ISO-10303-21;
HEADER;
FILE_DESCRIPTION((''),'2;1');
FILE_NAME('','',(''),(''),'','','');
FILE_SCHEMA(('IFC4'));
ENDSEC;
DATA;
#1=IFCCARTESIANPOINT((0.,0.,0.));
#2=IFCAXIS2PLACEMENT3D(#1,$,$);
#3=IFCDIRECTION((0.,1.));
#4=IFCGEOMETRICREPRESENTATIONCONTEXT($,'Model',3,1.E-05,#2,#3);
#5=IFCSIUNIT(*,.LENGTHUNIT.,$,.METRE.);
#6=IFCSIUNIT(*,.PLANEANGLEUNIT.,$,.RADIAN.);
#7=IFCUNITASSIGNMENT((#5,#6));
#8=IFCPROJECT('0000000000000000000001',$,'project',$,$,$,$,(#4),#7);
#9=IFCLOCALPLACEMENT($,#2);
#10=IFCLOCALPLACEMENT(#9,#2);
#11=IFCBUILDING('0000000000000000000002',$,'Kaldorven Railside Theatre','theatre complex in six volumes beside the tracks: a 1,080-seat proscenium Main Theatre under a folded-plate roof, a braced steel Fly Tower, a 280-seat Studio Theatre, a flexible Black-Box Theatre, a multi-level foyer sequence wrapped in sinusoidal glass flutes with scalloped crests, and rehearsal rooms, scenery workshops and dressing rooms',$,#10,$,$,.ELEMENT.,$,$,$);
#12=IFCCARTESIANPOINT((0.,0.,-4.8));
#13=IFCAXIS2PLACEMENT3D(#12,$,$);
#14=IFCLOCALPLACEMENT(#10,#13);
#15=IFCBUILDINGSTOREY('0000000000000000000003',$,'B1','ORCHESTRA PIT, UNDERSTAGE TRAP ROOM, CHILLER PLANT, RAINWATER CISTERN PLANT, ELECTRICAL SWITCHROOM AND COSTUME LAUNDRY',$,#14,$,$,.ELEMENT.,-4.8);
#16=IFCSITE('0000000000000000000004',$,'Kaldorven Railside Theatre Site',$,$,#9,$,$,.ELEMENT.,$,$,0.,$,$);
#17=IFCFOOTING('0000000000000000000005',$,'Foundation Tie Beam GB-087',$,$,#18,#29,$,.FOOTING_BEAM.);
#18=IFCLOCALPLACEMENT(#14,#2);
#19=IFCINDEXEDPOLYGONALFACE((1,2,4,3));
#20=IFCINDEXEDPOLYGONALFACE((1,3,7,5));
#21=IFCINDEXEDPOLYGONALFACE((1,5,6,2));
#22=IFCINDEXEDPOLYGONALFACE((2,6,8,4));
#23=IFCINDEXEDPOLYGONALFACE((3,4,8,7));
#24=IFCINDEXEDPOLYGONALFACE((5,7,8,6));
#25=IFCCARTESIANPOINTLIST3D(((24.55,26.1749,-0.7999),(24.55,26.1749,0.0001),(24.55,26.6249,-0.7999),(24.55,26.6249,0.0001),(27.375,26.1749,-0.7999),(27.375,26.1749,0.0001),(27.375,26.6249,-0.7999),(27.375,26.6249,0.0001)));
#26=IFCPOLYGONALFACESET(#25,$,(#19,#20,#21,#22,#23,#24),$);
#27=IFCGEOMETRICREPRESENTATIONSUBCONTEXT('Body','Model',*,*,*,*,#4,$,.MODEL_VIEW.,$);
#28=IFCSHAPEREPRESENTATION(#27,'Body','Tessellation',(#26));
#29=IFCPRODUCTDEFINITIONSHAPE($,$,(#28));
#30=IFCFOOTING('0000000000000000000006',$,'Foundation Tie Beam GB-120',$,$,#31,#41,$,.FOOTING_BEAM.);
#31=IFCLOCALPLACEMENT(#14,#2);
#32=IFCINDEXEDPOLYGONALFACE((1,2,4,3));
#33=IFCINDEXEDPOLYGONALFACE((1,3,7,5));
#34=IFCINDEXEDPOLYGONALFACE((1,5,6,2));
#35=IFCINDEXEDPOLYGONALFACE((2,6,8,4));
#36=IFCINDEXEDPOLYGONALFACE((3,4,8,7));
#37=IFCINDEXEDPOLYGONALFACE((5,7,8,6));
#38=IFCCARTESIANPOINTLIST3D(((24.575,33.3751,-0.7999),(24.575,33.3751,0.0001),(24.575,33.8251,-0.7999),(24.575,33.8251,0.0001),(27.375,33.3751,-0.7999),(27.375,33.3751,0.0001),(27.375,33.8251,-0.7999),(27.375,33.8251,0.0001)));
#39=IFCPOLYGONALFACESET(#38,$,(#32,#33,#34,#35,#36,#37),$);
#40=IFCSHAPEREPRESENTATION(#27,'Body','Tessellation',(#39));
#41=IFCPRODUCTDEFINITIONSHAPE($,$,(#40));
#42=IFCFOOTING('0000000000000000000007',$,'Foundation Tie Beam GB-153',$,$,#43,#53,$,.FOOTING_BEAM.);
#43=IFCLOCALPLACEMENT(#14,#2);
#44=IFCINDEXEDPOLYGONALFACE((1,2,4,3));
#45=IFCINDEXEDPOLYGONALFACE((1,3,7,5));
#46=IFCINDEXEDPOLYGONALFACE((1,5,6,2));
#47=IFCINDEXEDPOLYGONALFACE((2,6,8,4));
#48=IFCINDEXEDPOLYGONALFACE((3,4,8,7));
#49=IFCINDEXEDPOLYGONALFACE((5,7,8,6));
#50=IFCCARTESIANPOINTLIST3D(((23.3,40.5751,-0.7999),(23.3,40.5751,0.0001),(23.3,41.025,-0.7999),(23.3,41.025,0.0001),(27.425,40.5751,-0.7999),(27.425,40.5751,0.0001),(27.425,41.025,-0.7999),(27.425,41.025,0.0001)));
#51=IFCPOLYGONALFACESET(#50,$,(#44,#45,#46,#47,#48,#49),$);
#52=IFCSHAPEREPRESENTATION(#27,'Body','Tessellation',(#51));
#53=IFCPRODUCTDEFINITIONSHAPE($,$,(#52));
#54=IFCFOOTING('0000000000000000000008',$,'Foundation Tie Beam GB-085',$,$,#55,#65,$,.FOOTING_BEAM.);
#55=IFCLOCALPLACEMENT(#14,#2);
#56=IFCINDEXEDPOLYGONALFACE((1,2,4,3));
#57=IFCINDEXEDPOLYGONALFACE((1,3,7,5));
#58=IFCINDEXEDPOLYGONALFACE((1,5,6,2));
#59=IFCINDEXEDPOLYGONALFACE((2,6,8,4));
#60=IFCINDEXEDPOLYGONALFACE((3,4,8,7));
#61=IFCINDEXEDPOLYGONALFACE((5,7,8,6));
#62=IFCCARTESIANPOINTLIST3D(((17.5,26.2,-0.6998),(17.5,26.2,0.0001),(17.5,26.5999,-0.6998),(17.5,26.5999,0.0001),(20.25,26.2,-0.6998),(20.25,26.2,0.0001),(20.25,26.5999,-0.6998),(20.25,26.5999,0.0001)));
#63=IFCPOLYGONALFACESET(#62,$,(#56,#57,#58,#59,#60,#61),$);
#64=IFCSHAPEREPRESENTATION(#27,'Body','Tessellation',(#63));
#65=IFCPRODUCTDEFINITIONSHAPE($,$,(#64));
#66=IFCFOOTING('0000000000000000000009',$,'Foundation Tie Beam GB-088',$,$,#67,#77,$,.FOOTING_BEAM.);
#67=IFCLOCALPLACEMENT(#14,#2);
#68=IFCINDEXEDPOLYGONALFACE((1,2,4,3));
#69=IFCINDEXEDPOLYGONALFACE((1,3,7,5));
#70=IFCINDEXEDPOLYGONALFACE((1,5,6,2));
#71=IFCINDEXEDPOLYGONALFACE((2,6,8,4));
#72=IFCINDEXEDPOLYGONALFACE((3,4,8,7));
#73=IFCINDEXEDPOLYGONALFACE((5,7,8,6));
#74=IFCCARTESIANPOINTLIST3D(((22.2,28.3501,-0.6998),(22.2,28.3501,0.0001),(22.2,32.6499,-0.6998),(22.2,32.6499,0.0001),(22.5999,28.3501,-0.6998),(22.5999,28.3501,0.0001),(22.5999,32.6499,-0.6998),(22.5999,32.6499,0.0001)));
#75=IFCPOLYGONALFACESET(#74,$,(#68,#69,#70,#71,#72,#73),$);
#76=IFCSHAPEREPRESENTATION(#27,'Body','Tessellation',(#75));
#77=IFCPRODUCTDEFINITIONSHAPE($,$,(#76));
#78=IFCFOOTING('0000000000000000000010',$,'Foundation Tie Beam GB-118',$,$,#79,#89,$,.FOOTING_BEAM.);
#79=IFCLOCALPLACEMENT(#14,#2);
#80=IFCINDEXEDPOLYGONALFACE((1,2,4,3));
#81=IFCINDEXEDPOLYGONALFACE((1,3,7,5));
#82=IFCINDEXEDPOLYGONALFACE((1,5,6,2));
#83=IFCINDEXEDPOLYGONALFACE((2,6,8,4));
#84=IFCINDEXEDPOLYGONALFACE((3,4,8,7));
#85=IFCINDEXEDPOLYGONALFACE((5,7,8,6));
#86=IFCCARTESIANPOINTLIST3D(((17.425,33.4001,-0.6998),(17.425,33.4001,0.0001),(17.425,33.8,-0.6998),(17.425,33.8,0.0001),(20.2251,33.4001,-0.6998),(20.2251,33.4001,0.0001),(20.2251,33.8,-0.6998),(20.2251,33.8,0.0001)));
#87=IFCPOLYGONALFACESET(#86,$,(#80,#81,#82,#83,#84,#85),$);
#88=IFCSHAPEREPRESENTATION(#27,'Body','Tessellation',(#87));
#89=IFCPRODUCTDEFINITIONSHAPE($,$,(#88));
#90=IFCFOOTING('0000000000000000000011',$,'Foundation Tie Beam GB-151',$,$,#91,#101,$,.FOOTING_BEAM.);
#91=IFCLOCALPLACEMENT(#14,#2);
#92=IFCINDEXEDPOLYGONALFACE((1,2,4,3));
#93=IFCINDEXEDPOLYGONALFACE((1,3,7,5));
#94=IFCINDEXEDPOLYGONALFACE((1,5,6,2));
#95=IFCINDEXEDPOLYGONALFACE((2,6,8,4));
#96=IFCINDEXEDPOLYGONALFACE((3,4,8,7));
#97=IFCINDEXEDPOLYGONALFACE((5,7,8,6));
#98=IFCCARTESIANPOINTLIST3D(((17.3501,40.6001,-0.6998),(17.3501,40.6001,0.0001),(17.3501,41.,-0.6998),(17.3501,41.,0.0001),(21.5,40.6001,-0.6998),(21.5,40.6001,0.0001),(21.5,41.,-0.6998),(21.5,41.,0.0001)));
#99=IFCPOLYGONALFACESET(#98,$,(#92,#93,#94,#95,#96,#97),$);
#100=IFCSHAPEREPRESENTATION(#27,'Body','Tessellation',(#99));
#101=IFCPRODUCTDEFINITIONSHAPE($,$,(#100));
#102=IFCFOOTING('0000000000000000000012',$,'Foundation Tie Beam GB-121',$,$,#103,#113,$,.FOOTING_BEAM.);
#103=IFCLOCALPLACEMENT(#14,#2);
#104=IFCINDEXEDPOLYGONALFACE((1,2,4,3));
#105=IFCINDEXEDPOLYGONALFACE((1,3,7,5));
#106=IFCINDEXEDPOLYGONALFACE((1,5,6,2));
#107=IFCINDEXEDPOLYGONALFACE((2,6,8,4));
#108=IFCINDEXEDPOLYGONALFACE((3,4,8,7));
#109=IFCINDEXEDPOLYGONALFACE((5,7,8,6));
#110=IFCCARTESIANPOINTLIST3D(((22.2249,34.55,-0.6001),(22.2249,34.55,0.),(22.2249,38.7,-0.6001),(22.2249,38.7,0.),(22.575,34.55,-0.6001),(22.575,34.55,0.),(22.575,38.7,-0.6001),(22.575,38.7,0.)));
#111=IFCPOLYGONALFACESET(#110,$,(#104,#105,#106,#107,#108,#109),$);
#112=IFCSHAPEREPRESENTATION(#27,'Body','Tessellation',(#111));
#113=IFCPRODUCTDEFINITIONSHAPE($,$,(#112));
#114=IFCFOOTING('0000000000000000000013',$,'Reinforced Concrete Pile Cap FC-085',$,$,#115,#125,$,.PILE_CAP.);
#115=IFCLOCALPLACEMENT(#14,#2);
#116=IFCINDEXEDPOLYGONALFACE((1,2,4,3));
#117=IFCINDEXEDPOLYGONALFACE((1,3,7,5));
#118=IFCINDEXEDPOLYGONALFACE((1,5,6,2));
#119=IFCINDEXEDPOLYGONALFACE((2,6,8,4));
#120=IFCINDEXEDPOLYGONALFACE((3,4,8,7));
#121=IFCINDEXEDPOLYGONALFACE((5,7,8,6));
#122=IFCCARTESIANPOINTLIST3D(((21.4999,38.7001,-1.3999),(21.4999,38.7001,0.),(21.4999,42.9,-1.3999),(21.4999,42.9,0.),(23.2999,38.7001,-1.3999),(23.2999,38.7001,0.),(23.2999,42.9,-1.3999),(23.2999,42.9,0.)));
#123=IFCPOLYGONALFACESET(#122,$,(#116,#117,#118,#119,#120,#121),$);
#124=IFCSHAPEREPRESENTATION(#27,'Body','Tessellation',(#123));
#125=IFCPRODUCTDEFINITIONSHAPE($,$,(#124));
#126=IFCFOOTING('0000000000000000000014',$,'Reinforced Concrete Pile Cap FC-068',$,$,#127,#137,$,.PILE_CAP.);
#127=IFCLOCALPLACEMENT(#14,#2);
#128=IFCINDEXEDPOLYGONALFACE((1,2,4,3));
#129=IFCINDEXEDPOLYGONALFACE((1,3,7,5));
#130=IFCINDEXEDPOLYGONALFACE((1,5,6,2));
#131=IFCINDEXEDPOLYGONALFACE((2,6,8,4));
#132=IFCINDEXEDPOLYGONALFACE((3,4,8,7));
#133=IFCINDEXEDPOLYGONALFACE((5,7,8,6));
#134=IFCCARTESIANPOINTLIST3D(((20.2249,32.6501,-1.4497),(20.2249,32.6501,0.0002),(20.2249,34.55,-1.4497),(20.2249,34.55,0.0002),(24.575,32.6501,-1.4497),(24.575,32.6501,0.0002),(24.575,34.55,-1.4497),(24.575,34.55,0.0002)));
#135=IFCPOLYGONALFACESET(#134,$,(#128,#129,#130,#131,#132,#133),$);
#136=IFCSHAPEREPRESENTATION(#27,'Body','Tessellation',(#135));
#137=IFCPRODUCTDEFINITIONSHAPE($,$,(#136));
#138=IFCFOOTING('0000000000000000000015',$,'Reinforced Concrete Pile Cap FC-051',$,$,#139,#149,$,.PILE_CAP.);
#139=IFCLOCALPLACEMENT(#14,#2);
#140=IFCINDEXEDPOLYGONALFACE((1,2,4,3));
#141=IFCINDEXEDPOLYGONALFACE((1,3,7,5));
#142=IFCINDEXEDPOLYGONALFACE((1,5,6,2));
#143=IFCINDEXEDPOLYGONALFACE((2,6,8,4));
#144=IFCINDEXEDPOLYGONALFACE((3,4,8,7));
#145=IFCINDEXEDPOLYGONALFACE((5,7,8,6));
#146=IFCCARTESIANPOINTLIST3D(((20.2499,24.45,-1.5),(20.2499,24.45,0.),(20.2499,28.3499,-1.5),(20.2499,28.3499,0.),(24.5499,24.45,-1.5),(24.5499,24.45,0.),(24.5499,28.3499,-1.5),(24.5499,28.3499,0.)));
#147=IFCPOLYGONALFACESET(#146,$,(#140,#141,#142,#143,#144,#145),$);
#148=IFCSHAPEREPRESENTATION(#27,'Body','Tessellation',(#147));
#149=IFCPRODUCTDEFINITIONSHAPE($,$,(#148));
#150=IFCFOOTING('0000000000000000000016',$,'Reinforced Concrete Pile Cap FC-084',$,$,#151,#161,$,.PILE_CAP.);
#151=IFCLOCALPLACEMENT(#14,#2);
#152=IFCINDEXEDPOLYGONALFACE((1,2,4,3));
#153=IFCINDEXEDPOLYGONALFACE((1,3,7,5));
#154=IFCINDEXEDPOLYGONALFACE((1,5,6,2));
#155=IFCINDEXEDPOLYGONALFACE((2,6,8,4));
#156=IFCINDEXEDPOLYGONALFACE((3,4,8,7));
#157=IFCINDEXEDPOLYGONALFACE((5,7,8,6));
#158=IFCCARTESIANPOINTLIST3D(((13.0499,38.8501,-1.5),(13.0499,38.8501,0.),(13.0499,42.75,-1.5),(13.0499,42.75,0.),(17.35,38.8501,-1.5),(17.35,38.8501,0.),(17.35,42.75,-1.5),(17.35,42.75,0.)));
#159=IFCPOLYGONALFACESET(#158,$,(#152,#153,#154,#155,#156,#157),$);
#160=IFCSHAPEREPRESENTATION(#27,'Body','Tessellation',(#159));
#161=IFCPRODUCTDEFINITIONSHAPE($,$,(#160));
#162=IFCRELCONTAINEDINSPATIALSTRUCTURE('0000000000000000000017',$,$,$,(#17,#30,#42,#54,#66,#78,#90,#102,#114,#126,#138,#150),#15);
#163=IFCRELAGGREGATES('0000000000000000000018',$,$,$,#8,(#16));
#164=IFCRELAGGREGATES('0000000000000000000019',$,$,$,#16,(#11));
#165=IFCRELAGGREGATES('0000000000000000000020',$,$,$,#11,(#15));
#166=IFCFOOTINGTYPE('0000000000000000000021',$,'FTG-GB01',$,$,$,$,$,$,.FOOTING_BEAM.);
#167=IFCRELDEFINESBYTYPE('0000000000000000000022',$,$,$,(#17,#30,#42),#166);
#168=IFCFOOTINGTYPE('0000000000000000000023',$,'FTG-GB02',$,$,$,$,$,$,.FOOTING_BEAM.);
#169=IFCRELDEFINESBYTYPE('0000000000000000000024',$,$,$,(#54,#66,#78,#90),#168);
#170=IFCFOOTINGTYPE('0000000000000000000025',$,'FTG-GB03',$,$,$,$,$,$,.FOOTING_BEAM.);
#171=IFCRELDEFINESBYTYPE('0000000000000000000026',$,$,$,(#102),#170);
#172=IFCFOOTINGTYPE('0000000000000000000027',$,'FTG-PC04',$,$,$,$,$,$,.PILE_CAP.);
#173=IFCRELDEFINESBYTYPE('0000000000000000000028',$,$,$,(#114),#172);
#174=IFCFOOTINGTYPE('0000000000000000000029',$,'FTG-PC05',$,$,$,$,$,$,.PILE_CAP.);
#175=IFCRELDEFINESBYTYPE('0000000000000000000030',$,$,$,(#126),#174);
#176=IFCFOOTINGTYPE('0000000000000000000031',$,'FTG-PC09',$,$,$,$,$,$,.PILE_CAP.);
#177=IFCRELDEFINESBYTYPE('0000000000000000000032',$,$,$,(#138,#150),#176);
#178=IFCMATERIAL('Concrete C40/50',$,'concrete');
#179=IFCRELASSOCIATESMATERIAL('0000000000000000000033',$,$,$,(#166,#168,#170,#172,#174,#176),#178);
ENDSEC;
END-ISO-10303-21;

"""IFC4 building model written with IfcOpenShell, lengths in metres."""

from ifc_helpers import new_model, si_unit, direction, frame, origin, origin_2d, place, context, subcontext, project, spatial, rectangle, extrude, material, material_profile, profile_set, type_object, element, save


model = new_model("IFC4")

# Units and contexts
model_context = context("Model", 3, precision=1e-05, world=origin(), true_north=direction((0.0, 1.0)))
body_context = subcontext(model_context, "Body", "Model", "MODEL_VIEW")
ifc_project = project(units=[si_unit("LENGTHUNIT", "METRE"), si_unit("PLANEANGLEUNIT", "RADIAN")], contexts=[model_context])

# Site, building, storey
site_placement = place(None, origin())
site = spatial("IfcSite", under=ifc_project, at=site_placement, Name="Kaldorven Railside Theatre Site", CompositionType="ELEMENT", RefElevation=0.0)
building_placement = place(site_placement, origin())
building = spatial("IfcBuilding", under=site, at=building_placement, Name="Kaldorven Railside Theatre", Description="theatre complex in six volumes beside the tracks: a 1,080-seat proscenium Main Theatre under a folded-plate roof, a braced steel Fly Tower, a 280-seat Studio Theatre, a flexible Black-Box Theatre, a multi-level foyer sequence wrapped in sinusoidal glass flutes with scalloped crests, and rehearsal rooms, scenery workshops and dressing rooms", CompositionType="ELEMENT")
storey_placement = place(building_placement, frame((0.0, 0.0, -4.8)))
storey = spatial("IfcBuildingStorey", under=building, at=storey_placement, Name="B1", Description="ORCHESTRA PIT, UNDERSTAGE TRAP ROOM, CHILLER PLANT, RAINWATER CISTERN PLANT, ELECTRICAL SWITCHROOM AND COSTUME LAUNDRY", CompositionType="ELEMENT", Elevation=-4.8)

# Footings
ifc_material_1 = material(Name="Concrete C40/50", Category="concrete")
ifc_material_profile_1 = material_profile(ifc_material_1, rectangle(XDim=0.45, YDim=0.8, at=origin_2d()), Name="RC 450x800")
ifc_profile_set_1 = profile_set([ifc_material_profile_1], Name="Concrete C40/50")
footing_type_1 = type_object("IfcFootingType", Name="FTG-GB01", PredefinedType="FOOTING_BEAM", material=ifc_profile_set_1)
footing_1_placement = place(storey_placement, frame((24.55, 26.3999, -0.3999), z_axis=(1.0, 0.0, 0.0), x_axis=(0.0, 1.0, 0.0)))
element("IfcFooting", 1, at=footing_1_placement, inside=storey, type_object=footing_type_1, Name="Foundation Tie Beam GB-087", PredefinedType="FOOTING_BEAM", context=body_context, shape_type="SweptSolid", body=[
    extrude(rectangle(XDim=0.45, YDim=0.8, at=origin_2d()), origin(), (0.0, 0.0, 1.0), 2.825),
])
footing_2_placement = place(storey_placement, frame((24.575, 33.6001, -0.3999), z_axis=(1.0, 0.0, 0.0), x_axis=(0.0, 1.0, 0.0)))
element("IfcFooting", 2, at=footing_2_placement, inside=storey, type_object=footing_type_1, Name="Foundation Tie Beam GB-120", PredefinedType="FOOTING_BEAM", context=body_context, shape_type="SweptSolid", body=[
    extrude(rectangle(XDim=0.45, YDim=0.8, at=origin_2d()), origin(), (0.0, 0.0, 1.0), 2.8),
])
footing_3_placement = place(storey_placement, frame((23.3, 40.8, -0.3999), z_axis=(1.0, 0.0, 0.0), x_axis=(0.0, 1.0, 0.0)))
element("IfcFooting", 3, at=footing_3_placement, inside=storey, type_object=footing_type_1, Name="Foundation Tie Beam GB-153", PredefinedType="FOOTING_BEAM", context=body_context, shape_type="SweptSolid", body=[
    extrude(rectangle(XDim=0.45, YDim=0.8, at=origin_2d()), origin(), (0.0, 0.0, 1.0), 4.125),
])
ifc_material_profile_2 = material_profile(ifc_material_1, rectangle(XDim=0.3999, YDim=0.7, at=origin_2d()), Name="RC 400x700")
ifc_profile_set_2 = profile_set([ifc_material_profile_2], Name="Concrete C40/50")
footing_type_2 = type_object("IfcFootingType", Name="FTG-GB02", PredefinedType="FOOTING_BEAM", material=ifc_profile_set_2)
footing_4_placement = place(storey_placement, frame((17.5, 26.3999, -0.3499), z_axis=(1.0, 0.0, 0.0), x_axis=(0.0, 1.0, 0.0)))
element("IfcFooting", 4, at=footing_4_placement, inside=storey, type_object=footing_type_2, Name="Foundation Tie Beam GB-085", PredefinedType="FOOTING_BEAM", context=body_context, shape_type="SweptSolid", body=[
    extrude(rectangle(XDim=0.3999, YDim=0.7, at=origin_2d()), origin(), (0.0, 0.0, 1.0), 2.75),
])
footing_5_placement = place(storey_placement, frame((22.3999, 28.3501, -0.3499), z_axis=(0.0, 1.0, 0.0), x_axis=(-1.0, 0.0, 0.0)))
element("IfcFooting", 5, at=footing_5_placement, inside=storey, type_object=footing_type_2, Name="Foundation Tie Beam GB-088", PredefinedType="FOOTING_BEAM", context=body_context, shape_type="SweptSolid", body=[
    extrude(rectangle(XDim=0.3999, YDim=0.7, at=origin_2d()), origin(), (0.0, 0.0, 1.0), 4.2998),
])
footing_6_placement = place(storey_placement, frame((17.425, 33.6001, -0.3499), z_axis=(1.0, 0.0, 0.0), x_axis=(0.0, 1.0, 0.0)))
element("IfcFooting", 6, at=footing_6_placement, inside=storey, type_object=footing_type_2, Name="Foundation Tie Beam GB-118", PredefinedType="FOOTING_BEAM", context=body_context, shape_type="SweptSolid", body=[
    extrude(rectangle(XDim=0.3999, YDim=0.7, at=origin_2d()), origin(), (0.0, 0.0, 1.0), 2.8),
])
footing_7_placement = place(storey_placement, frame((17.3501, 40.8, -0.3499), z_axis=(1.0, 0.0, 0.0), x_axis=(0.0, 1.0, 0.0)))
element("IfcFooting", 7, at=footing_7_placement, inside=storey, type_object=footing_type_2, Name="Foundation Tie Beam GB-151", PredefinedType="FOOTING_BEAM", context=body_context, shape_type="SweptSolid", body=[
    extrude(rectangle(XDim=0.3999, YDim=0.7, at=origin_2d()), origin(), (0.0, 0.0, 1.0), 4.1499),
])
ifc_material_profile_3 = material_profile(ifc_material_1, rectangle(XDim=0.3501, YDim=0.6001, at=origin_2d()), Name="RC 350x600")
ifc_profile_set_3 = profile_set([ifc_material_profile_3], Name="Concrete C40/50")
footing_type_3 = type_object("IfcFootingType", Name="FTG-GB03", PredefinedType="FOOTING_BEAM", material=ifc_profile_set_3)
footing_8_placement = place(storey_placement, frame((22.3999, 34.55, -0.3), z_axis=(0.0, 1.0, 0.0), x_axis=(-1.0, 0.0, 0.0)))
element("IfcFooting", 8, at=footing_8_placement, inside=storey, type_object=footing_type_3, Name="Foundation Tie Beam GB-121", PredefinedType="FOOTING_BEAM", context=body_context, shape_type="SweptSolid", body=[
    extrude(rectangle(XDim=0.3501, YDim=0.6001, at=origin_2d()), origin(), (0.0, 0.0, 1.0), 4.1499),
])
footing_type_4 = type_object("IfcFootingType", Name="FTG-PC04", PredefinedType="PILE_CAP", material=ifc_material_1)
footing_9_placement = place(storey_placement, frame((22.3999, 40.8, -1.3999), z_axis=(0.0, 0.0, 1.0), x_axis=(1.0, 0.0, 0.0)))
element("IfcFooting", 9, at=footing_9_placement, inside=storey, type_object=footing_type_4, Name="Reinforced Concrete Pile Cap FC-085", PredefinedType="PILE_CAP", context=body_context, shape_type="SweptSolid", body=[
    extrude(rectangle(XDim=1.8, YDim=4.2, at=origin_2d()), origin(), (0.0, 0.0, 1.0), 1.3999),
])
footing_type_5 = type_object("IfcFootingType", Name="FTG-PC05", PredefinedType="PILE_CAP", material=ifc_material_1)
footing_10_placement = place(storey_placement, frame((22.3999, 33.6001, -1.4497), z_axis=(0.0, 0.0, 1.0), x_axis=(1.0, 0.0, 0.0)))
element("IfcFooting", 10, at=footing_10_placement, inside=storey, type_object=footing_type_5, Name="Reinforced Concrete Pile Cap FC-068", PredefinedType="PILE_CAP", context=body_context, shape_type="SweptSolid", body=[
    extrude(rectangle(XDim=4.3501, YDim=1.8999, at=origin_2d()), origin(), (0.0, 0.0, 1.0), 1.45),
])
footing_type_6 = type_object("IfcFootingType", Name="FTG-PC09", PredefinedType="PILE_CAP", material=ifc_material_1)
for number, where, z_axis, x_axis, name in (
    (11, (22.3999, 26.3999, -1.5), (0.0, 0.0, 1.0), (1.0, 0.0, 0.0), "Reinforced Concrete Pile Cap FC-051"),
    (12, (15.2, 40.8, -1.5), (0.0, 0.0, 1.0), (1.0, 0.0, 0.0), "Reinforced Concrete Pile Cap FC-084"),
):
    element("IfcFooting", number, at=place(storey_placement, frame(where, z_axis=z_axis, x_axis=x_axis)), inside=storey, type_object=footing_type_6, Name=name, PredefinedType="PILE_CAP", context=body_context, shape_type="SweptSolid", body=[
        extrude(rectangle(XDim=4.3, YDim=3.8999, at=origin_2d()), origin(), (0.0, 0.0, 1.0), 1.5),
    ])

save(model, "model.ifc")
